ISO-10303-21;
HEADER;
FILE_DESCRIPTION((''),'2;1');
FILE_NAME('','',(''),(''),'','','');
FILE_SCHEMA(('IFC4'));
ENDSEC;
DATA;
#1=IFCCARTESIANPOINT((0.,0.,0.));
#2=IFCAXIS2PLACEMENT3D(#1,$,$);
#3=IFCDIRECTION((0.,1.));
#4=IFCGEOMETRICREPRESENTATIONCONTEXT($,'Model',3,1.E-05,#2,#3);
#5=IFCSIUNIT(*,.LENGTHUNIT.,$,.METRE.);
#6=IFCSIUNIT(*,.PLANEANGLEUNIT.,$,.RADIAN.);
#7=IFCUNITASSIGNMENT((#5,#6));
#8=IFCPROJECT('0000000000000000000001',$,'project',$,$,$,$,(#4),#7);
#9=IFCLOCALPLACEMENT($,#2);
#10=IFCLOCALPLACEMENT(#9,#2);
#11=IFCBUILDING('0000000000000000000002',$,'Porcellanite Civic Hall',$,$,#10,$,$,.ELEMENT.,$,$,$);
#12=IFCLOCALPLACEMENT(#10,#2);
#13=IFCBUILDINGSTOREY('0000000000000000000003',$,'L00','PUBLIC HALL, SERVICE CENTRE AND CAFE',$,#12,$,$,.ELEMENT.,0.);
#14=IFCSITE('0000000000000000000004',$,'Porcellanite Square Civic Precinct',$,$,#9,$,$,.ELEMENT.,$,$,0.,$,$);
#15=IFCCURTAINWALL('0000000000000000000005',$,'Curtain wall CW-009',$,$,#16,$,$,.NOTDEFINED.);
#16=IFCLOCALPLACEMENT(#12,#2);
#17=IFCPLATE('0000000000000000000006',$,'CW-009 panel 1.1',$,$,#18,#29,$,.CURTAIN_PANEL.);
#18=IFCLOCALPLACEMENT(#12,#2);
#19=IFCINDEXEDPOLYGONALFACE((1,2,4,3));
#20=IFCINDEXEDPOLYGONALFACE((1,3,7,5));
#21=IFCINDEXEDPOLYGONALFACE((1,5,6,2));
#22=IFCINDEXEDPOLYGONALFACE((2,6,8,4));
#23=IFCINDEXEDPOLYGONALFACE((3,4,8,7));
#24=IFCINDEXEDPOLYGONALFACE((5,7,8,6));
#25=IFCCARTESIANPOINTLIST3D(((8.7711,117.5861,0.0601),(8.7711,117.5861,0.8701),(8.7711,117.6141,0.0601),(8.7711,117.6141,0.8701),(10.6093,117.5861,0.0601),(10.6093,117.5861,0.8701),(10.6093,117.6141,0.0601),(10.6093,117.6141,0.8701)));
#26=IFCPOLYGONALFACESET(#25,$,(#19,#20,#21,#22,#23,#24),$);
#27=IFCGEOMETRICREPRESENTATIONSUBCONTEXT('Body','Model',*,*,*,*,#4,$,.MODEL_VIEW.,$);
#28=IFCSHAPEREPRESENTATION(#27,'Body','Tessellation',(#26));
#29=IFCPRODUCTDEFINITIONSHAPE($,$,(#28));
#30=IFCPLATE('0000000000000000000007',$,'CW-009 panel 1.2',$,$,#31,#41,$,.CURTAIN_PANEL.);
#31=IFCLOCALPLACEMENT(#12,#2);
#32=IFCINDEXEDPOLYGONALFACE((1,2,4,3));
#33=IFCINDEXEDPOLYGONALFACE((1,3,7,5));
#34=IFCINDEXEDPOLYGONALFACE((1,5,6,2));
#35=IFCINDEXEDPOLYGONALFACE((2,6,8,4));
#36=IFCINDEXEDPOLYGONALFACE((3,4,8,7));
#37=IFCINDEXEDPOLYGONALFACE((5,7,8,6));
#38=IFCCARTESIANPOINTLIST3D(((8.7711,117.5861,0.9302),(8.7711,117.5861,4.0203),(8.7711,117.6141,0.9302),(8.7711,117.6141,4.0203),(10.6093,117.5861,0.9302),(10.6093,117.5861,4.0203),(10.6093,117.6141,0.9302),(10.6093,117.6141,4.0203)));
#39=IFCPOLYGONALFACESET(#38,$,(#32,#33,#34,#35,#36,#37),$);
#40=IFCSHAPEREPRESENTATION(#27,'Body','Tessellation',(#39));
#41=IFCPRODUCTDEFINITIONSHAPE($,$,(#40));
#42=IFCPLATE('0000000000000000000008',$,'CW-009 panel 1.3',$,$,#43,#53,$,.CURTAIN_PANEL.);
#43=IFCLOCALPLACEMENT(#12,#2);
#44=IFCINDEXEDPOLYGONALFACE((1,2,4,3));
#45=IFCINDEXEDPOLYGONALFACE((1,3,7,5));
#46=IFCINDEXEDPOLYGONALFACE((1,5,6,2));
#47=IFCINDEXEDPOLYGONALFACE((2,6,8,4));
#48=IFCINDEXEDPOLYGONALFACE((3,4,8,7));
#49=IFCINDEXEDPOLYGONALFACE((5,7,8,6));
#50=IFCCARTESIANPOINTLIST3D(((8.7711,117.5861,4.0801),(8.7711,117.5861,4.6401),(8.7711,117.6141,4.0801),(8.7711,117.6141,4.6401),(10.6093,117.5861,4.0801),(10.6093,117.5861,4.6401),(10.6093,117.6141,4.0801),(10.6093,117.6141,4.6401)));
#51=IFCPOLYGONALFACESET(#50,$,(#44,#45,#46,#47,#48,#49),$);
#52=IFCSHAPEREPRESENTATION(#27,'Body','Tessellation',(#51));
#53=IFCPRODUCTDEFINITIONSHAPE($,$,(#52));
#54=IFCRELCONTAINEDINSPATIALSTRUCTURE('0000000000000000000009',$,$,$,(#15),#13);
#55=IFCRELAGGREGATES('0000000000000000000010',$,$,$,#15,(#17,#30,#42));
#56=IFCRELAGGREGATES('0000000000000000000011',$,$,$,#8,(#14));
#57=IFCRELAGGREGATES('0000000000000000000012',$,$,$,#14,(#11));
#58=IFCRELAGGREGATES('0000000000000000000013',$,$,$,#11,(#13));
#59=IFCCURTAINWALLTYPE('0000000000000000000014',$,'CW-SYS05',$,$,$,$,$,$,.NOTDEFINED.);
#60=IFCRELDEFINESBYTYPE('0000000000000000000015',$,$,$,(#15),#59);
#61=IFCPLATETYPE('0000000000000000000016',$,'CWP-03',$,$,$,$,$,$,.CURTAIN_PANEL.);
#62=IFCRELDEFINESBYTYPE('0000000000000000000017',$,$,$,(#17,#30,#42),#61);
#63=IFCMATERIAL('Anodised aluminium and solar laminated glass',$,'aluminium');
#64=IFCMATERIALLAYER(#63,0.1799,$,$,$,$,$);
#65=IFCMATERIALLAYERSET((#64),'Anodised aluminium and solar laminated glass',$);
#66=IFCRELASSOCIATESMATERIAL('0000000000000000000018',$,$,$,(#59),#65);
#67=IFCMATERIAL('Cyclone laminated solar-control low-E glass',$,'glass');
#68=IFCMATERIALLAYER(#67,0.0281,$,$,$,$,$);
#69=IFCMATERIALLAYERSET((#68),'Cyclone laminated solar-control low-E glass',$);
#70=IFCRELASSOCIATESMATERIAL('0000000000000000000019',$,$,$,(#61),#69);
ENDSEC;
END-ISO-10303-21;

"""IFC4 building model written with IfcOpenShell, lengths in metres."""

from ifc_helpers import new_model, si_unit, direction, frame, origin, origin_2d, place, context, subcontext, project, spatial, rectangle, extrude, material, layer, layer_set, type_object, element, aggregate, save


model = new_model("IFC4")

# Units and contexts
model_context = context("Model", 3, precision=1e-05, world=origin(), true_north=direction((0.0, 1.0)))
body_context = subcontext(model_context, "Body", "Model", "MODEL_VIEW")
ifc_project = project(units=[si_unit("LENGTHUNIT", "METRE"), si_unit("PLANEANGLEUNIT", "RADIAN")], contexts=[model_context])

# Site, building, storey
site_placement = place(None, origin())
site = spatial("IfcSite", under=ifc_project, at=site_placement, Name="Porcellanite Square Civic Precinct", CompositionType="ELEMENT", RefElevation=0.0)
building_placement = place(site_placement, origin())
building = spatial("IfcBuilding", under=site, at=building_placement, Name="Porcellanite Civic Hall", CompositionType="ELEMENT")
storey_placement = place(building_placement, origin())
storey = spatial("IfcBuildingStorey", under=building, at=storey_placement, Name="L00", Description="PUBLIC HALL, SERVICE CENTRE AND CAFE", CompositionType="ELEMENT", Elevation=0.0)

# Curtain wall
ifc_material_1 = material(Name="Anodised aluminium and solar laminated glass", Category="aluminium")
ifc_layer_1 = layer(ifc_material_1, 0.1799)
ifc_layer_set_1 = layer_set([ifc_layer_1], Name="Anodised aluminium and solar laminated glass")
curtain_wall_type = type_object("IfcCurtainWallType", Name="CW-SYS05", PredefinedType="NOTDEFINED", material=ifc_layer_set_1)
curtain_wall_1_placement = place(storey_placement, origin())
curtain_wall_1 = element("IfcCurtainWall", 1, at=curtain_wall_1_placement, inside=storey, type_object=curtain_wall_type, Name="Curtain wall CW-009", PredefinedType="NOTDEFINED")

# Plates
ifc_material_2 = material(Name="Cyclone laminated solar-control low-E glass", Category="glass")
ifc_layer_2 = layer(ifc_material_2, 0.0281)
ifc_layer_set_2 = layer_set([ifc_layer_2], Name="Cyclone laminated solar-control low-E glass")
plate_type = type_object("IfcPlateType", Name="CWP-03", PredefinedType="CURTAIN_PANEL", material=ifc_layer_set_2)
plate_1_placement = place(storey_placement, frame((9.6902, 117.6001, 0.0601), z_axis=(0.0, 0.0, 1.0), x_axis=(1.0, 0.0, 0.0)))
plate_1 = element("IfcPlate", 2, at=plate_1_placement, type_object=plate_type, Name="CW-009 panel 1.1", PredefinedType="CURTAIN_PANEL", context=body_context, shape_type="SweptSolid", body=[
    extrude(rectangle(XDim=1.8381, YDim=0.0281, at=origin_2d()), origin(), (0.0, 0.0, 1.0), 0.8101),
])
plate_2_placement = place(storey_placement, frame((9.6902, 117.6001, 0.9302), z_axis=(0.0, 0.0, 1.0), x_axis=(1.0, 0.0, 0.0)))
plate_2 = element("IfcPlate", 3, at=plate_2_placement, type_object=plate_type, Name="CW-009 panel 1.2", PredefinedType="CURTAIN_PANEL", context=body_context, shape_type="SweptSolid", body=[
    extrude(rectangle(XDim=1.8381, YDim=0.0281, at=origin_2d()), origin(), (0.0, 0.0, 1.0), 3.0901),
])
plate_3_placement = place(storey_placement, frame((9.6902, 117.6001, 4.0801), z_axis=(0.0, 0.0, 1.0), x_axis=(1.0, 0.0, 0.0)))
plate_3 = element("IfcPlate", 4, at=plate_3_placement, type_object=plate_type, Name="CW-009 panel 1.3", PredefinedType="CURTAIN_PANEL", context=body_context, shape_type="SweptSolid", body=[
    extrude(rectangle(XDim=1.8381, YDim=0.0281, at=origin_2d()), origin(), (0.0, 0.0, 1.0), 0.5601),
])
aggregate(curtain_wall_1, [plate_1, plate_2, plate_3])

save(model, "model.ifc")
